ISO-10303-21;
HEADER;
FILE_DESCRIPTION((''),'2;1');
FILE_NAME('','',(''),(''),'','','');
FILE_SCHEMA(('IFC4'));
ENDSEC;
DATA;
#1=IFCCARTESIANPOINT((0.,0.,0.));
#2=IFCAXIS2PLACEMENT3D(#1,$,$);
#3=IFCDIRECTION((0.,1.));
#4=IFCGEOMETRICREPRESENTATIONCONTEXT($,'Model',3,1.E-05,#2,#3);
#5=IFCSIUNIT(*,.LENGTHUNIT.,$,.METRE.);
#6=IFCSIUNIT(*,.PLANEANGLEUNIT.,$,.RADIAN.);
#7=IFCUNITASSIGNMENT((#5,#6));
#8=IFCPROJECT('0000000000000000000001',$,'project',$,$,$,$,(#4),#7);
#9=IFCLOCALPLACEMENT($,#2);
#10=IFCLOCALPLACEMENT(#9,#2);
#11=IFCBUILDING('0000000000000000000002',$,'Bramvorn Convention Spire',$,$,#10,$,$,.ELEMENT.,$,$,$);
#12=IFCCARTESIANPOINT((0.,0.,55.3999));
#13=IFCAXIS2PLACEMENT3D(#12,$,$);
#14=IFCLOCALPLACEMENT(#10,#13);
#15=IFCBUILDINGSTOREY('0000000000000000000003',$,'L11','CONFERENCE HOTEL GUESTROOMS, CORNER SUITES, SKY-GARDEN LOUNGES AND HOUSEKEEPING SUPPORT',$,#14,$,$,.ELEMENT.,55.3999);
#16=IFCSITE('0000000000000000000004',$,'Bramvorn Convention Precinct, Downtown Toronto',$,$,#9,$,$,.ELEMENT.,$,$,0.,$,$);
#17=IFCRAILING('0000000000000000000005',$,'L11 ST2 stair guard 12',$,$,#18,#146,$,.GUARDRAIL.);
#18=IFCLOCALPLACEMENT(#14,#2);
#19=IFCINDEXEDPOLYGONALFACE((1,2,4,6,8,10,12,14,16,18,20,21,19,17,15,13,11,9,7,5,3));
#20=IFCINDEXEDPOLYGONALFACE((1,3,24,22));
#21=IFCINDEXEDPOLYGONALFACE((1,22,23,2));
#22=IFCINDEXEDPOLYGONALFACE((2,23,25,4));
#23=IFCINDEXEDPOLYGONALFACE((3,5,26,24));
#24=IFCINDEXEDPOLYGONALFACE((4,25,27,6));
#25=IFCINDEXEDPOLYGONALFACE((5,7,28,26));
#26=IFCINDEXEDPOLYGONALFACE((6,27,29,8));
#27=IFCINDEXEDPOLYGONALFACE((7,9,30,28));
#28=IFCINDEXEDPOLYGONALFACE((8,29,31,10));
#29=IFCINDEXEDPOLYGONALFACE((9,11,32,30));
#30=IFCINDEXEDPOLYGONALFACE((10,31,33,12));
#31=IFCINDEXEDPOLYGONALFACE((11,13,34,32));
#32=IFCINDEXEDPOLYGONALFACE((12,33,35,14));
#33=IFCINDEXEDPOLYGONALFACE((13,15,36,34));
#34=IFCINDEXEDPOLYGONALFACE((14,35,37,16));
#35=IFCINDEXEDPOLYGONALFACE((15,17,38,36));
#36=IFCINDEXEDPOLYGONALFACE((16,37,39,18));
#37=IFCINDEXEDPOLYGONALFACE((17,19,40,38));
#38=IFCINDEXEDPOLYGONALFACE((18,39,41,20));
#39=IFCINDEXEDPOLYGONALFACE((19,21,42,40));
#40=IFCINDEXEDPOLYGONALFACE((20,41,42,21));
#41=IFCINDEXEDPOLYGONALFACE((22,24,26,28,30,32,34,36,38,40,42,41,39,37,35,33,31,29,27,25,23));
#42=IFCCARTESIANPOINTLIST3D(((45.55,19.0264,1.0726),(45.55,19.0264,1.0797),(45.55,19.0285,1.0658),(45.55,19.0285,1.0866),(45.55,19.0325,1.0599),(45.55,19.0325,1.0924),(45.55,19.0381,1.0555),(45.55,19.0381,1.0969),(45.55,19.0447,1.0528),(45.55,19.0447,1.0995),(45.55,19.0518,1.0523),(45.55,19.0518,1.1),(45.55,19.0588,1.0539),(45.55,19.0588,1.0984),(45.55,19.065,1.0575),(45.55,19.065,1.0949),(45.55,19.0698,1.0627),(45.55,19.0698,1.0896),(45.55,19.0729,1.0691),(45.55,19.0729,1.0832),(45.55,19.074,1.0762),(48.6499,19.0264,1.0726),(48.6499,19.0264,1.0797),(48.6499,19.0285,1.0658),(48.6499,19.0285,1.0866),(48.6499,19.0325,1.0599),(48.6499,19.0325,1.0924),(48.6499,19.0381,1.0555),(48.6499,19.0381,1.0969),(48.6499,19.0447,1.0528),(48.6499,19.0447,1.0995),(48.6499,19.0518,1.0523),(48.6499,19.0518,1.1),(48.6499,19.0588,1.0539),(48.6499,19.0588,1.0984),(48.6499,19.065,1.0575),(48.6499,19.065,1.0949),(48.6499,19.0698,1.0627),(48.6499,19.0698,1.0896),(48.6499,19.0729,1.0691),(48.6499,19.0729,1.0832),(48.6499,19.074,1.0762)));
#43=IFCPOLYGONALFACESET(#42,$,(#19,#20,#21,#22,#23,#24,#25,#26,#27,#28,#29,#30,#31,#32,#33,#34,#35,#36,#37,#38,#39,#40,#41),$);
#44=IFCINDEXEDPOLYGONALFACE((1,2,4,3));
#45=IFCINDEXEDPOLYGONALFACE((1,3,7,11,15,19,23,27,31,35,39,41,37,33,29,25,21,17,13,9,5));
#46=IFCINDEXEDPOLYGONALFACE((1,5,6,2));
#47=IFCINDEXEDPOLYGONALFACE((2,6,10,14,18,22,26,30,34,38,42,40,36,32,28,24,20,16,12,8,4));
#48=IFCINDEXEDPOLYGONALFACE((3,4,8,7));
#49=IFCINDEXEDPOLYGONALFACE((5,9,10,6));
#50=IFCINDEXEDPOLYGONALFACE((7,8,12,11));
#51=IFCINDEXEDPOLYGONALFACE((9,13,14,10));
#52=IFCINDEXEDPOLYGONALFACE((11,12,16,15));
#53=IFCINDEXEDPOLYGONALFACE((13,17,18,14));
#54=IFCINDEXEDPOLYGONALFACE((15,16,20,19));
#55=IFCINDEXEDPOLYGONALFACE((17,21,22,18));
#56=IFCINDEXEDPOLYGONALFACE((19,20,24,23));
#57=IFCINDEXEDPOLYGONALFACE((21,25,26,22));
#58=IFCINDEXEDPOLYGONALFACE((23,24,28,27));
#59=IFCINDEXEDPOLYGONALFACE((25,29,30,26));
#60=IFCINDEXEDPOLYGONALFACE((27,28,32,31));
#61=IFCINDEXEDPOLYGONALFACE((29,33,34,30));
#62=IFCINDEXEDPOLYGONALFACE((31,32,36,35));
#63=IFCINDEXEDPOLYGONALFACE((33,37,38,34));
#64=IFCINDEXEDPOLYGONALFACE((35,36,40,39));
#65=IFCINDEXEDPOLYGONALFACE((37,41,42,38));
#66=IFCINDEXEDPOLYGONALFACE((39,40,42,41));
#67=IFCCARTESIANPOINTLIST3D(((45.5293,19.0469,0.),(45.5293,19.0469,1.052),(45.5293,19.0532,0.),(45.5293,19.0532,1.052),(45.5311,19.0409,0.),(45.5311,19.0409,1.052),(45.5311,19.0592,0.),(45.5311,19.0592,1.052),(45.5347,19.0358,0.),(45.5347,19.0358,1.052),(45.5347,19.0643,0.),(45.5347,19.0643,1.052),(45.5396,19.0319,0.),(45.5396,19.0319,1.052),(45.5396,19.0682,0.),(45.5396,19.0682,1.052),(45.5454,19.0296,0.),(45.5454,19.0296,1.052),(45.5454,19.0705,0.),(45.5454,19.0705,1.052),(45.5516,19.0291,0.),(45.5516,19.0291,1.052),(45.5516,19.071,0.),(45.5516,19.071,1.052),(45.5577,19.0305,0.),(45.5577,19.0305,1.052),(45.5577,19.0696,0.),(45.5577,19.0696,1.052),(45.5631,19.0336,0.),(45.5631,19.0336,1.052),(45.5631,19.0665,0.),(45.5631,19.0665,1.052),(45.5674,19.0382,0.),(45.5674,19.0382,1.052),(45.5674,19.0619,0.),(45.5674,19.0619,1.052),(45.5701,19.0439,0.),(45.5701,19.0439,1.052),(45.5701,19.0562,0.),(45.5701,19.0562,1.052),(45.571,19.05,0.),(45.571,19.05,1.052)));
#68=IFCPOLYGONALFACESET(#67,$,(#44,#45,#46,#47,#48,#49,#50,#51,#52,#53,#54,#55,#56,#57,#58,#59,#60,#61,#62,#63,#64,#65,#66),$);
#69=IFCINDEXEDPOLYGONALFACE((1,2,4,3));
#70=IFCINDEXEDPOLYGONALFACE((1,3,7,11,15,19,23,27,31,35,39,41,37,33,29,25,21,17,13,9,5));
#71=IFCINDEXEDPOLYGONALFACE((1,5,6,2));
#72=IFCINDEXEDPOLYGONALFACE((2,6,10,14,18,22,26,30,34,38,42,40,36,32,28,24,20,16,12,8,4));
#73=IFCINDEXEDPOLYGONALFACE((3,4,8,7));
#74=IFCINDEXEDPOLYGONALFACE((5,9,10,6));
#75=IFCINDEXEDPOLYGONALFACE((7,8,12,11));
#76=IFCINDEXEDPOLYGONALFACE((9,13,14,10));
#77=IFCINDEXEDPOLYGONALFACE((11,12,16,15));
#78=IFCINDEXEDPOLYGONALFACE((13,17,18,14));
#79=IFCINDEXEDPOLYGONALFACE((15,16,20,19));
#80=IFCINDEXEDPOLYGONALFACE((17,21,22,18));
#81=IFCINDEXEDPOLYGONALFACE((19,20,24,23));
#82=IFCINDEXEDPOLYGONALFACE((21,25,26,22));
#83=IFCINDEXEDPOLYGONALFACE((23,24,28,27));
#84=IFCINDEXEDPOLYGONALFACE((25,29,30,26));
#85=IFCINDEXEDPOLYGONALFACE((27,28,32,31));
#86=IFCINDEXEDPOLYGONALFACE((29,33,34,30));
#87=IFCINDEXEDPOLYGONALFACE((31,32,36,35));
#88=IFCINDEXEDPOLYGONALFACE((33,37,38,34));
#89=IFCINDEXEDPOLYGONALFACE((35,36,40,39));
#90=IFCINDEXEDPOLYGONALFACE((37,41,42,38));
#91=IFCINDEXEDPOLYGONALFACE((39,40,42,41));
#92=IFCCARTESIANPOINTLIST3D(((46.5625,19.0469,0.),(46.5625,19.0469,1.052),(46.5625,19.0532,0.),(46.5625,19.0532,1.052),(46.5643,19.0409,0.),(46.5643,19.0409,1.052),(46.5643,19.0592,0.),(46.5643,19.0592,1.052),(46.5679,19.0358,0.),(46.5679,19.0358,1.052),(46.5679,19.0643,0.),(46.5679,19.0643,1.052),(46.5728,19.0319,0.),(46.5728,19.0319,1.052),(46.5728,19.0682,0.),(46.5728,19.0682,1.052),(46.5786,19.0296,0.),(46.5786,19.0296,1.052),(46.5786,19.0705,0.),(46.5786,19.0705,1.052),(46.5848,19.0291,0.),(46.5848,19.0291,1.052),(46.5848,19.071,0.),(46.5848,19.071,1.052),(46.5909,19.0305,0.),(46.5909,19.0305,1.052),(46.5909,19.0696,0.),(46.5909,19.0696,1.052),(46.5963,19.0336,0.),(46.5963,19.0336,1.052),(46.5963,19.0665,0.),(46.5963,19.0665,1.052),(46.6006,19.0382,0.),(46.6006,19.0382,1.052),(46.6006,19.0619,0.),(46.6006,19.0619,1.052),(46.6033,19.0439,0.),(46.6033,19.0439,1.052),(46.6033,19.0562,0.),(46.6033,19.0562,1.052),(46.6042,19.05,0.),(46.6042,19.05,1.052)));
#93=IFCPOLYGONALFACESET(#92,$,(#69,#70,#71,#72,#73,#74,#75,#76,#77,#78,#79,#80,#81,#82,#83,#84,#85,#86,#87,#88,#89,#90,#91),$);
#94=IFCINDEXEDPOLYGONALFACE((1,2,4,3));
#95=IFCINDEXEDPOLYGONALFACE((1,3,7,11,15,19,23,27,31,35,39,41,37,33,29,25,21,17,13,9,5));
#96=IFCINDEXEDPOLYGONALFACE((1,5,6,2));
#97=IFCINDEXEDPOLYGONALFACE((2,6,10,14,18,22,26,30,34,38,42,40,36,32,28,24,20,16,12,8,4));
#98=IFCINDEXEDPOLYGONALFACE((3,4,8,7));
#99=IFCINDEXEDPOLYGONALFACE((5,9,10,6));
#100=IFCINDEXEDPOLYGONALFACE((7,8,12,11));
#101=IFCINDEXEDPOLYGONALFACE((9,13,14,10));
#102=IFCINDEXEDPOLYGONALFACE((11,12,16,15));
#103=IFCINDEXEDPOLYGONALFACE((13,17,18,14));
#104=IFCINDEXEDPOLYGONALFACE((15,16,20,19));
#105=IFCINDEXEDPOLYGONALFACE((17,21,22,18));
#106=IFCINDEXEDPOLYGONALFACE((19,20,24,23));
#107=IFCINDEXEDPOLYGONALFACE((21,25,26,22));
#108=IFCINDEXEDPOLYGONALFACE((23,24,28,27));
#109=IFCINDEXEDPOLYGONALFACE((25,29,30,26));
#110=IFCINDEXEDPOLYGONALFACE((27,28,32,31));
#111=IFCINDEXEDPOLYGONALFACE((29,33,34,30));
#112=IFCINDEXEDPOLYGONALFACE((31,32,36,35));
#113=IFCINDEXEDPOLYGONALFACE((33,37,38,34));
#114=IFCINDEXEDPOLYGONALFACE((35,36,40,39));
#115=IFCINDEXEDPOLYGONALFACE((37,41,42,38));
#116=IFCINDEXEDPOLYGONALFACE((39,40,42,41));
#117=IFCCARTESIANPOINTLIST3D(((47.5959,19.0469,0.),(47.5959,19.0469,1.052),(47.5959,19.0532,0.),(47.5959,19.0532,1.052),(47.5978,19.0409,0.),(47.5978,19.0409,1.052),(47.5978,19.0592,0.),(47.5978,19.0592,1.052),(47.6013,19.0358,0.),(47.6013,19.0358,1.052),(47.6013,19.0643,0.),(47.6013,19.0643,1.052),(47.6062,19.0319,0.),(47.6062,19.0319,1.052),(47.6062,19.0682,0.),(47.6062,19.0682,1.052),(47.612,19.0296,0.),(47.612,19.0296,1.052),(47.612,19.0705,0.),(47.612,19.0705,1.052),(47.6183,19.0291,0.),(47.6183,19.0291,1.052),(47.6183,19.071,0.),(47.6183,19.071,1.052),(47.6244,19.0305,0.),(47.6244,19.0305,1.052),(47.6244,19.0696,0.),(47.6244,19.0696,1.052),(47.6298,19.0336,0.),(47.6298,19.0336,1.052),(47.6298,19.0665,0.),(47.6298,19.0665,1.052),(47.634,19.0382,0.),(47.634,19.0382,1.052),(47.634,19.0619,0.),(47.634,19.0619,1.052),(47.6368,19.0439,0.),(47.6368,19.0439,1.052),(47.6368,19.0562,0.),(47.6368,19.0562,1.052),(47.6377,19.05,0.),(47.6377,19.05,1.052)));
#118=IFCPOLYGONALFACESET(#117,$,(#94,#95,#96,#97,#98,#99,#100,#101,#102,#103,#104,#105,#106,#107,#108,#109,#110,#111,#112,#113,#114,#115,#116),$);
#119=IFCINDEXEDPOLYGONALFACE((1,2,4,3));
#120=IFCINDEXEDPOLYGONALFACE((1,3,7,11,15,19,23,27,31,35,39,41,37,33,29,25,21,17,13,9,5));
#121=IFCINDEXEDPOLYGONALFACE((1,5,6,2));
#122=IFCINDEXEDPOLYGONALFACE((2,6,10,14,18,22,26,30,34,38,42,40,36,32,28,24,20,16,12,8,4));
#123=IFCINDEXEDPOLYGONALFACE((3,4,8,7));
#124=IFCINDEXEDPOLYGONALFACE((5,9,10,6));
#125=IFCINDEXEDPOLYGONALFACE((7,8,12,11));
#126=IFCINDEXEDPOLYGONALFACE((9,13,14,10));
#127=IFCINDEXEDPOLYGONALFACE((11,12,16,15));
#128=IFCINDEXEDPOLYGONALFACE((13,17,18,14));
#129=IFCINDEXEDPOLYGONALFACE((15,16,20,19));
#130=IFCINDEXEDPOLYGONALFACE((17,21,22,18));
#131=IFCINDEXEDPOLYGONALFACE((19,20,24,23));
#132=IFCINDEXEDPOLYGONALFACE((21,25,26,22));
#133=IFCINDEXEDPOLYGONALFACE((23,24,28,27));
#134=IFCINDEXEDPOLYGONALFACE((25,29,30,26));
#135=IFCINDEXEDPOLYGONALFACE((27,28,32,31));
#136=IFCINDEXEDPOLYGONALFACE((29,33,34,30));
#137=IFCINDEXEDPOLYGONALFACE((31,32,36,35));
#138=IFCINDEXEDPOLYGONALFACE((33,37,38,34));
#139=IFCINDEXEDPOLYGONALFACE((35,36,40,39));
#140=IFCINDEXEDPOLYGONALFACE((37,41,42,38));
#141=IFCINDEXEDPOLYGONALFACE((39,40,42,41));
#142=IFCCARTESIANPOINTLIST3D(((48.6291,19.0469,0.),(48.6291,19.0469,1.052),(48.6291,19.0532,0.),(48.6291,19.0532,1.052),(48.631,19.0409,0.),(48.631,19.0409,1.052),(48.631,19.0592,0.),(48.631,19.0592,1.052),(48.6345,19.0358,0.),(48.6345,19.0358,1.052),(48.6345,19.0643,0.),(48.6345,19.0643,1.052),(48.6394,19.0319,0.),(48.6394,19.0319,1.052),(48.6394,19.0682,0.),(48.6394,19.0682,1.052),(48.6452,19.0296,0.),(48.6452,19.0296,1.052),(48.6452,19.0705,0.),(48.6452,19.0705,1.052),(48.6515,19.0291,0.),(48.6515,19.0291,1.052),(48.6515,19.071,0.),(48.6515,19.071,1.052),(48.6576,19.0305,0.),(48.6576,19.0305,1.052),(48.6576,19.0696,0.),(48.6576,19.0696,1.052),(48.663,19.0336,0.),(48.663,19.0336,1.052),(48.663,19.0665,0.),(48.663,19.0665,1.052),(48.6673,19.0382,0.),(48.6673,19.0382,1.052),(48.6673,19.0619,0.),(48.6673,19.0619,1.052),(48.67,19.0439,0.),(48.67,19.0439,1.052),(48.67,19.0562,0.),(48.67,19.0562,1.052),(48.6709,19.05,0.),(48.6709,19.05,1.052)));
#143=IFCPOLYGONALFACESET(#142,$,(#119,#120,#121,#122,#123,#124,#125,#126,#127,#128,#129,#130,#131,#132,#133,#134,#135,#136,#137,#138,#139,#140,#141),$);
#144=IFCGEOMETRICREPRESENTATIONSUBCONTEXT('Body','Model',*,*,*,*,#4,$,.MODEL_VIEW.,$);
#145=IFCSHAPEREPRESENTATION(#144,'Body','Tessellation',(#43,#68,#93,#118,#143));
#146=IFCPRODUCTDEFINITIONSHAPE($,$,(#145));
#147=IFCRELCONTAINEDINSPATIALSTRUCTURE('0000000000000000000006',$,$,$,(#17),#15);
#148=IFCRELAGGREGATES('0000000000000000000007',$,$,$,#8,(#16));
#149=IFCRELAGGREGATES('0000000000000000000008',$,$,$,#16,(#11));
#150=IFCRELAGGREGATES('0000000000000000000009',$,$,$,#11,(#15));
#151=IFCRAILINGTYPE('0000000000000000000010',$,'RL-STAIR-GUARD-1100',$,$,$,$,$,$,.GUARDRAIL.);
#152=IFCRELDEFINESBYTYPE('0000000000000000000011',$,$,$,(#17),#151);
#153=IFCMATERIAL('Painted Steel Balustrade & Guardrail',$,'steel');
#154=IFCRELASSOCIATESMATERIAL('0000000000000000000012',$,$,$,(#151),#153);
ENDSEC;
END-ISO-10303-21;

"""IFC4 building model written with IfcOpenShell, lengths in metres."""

from ifc_helpers import new_model, si_unit, direction, frame, origin, origin_2d, place, context, subcontext, project, spatial, circle, extrude, material, type_object, element, save


model = new_model("IFC4")

# Units and contexts
model_context = context("Model", 3, precision=1e-05, world=origin(), true_north=direction((0.0, 1.0)))
body_context = subcontext(model_context, "Body", "Model", "MODEL_VIEW")
ifc_project = project(units=[si_unit("LENGTHUNIT", "METRE"), si_unit("PLANEANGLEUNIT", "RADIAN")], contexts=[model_context])

# Site, building, storey
site_placement = place(None, origin())
site = spatial("IfcSite", under=ifc_project, at=site_placement, Name="Bramvorn Convention Precinct, Downtown Toronto", CompositionType="ELEMENT", RefElevation=0.0)
building_placement = place(site_placement, origin())
building = spatial("IfcBuilding", under=site, at=building_placement, Name="Bramvorn Convention Spire", CompositionType="ELEMENT")
storey_placement = place(building_placement, frame((0.0, 0.0, 55.3999)))
storey = spatial("IfcBuildingStorey", under=building, at=storey_placement, Name="L11", Description="CONFERENCE HOTEL GUESTROOMS, CORNER SUITES, SKY-GARDEN LOUNGES AND HOUSEKEEPING SUPPORT", CompositionType="ELEMENT", Elevation=55.3999)

# Railing
ifc_material_1 = material(Name="Painted Steel Balustrade & Guardrail", Category="steel")
railing_type = type_object("IfcRailingType", Name="RL-STAIR-GUARD-1100", PredefinedType="GUARDRAIL", material=ifc_material_1)
railing_1_placement = place(storey_placement, frame((45.55, 19.05, 0.0)))
element("IfcRailing", 1, at=railing_1_placement, inside=storey, type_object=railing_type, Name="L11 ST2 stair guard 12", PredefinedType="GUARDRAIL", context=body_context, shape_type="SweptSolid", body=[
    extrude(circle(Radius=0.0239, at=origin_2d()), frame((0.0, 0.0, 1.0762), z_axis=(1.0, 0.0, 0.0), x_axis=(0.0, 1.0, 0.0)), (0.0, 0.0, 1.0), 3.0999),
    extrude(circle(Radius=0.021, at=origin_2d()), origin(), (0.0, 0.0, 1.0), 1.052),
    extrude(circle(Radius=0.021, at=origin_2d()), frame((1.0332, 0.0, 0.0)), (0.0, 0.0, 1.0), 1.052),
    extrude(circle(Radius=0.021, at=origin_2d()), frame((2.0667, 0.0, 0.0)), (0.0, 0.0, 1.0), 1.052),
    extrude(circle(Radius=0.021, at=origin_2d()), frame((3.0999, 0.0, 0.0)), (0.0, 0.0, 1.0), 1.052),
])

save(model, "model.ifc")
